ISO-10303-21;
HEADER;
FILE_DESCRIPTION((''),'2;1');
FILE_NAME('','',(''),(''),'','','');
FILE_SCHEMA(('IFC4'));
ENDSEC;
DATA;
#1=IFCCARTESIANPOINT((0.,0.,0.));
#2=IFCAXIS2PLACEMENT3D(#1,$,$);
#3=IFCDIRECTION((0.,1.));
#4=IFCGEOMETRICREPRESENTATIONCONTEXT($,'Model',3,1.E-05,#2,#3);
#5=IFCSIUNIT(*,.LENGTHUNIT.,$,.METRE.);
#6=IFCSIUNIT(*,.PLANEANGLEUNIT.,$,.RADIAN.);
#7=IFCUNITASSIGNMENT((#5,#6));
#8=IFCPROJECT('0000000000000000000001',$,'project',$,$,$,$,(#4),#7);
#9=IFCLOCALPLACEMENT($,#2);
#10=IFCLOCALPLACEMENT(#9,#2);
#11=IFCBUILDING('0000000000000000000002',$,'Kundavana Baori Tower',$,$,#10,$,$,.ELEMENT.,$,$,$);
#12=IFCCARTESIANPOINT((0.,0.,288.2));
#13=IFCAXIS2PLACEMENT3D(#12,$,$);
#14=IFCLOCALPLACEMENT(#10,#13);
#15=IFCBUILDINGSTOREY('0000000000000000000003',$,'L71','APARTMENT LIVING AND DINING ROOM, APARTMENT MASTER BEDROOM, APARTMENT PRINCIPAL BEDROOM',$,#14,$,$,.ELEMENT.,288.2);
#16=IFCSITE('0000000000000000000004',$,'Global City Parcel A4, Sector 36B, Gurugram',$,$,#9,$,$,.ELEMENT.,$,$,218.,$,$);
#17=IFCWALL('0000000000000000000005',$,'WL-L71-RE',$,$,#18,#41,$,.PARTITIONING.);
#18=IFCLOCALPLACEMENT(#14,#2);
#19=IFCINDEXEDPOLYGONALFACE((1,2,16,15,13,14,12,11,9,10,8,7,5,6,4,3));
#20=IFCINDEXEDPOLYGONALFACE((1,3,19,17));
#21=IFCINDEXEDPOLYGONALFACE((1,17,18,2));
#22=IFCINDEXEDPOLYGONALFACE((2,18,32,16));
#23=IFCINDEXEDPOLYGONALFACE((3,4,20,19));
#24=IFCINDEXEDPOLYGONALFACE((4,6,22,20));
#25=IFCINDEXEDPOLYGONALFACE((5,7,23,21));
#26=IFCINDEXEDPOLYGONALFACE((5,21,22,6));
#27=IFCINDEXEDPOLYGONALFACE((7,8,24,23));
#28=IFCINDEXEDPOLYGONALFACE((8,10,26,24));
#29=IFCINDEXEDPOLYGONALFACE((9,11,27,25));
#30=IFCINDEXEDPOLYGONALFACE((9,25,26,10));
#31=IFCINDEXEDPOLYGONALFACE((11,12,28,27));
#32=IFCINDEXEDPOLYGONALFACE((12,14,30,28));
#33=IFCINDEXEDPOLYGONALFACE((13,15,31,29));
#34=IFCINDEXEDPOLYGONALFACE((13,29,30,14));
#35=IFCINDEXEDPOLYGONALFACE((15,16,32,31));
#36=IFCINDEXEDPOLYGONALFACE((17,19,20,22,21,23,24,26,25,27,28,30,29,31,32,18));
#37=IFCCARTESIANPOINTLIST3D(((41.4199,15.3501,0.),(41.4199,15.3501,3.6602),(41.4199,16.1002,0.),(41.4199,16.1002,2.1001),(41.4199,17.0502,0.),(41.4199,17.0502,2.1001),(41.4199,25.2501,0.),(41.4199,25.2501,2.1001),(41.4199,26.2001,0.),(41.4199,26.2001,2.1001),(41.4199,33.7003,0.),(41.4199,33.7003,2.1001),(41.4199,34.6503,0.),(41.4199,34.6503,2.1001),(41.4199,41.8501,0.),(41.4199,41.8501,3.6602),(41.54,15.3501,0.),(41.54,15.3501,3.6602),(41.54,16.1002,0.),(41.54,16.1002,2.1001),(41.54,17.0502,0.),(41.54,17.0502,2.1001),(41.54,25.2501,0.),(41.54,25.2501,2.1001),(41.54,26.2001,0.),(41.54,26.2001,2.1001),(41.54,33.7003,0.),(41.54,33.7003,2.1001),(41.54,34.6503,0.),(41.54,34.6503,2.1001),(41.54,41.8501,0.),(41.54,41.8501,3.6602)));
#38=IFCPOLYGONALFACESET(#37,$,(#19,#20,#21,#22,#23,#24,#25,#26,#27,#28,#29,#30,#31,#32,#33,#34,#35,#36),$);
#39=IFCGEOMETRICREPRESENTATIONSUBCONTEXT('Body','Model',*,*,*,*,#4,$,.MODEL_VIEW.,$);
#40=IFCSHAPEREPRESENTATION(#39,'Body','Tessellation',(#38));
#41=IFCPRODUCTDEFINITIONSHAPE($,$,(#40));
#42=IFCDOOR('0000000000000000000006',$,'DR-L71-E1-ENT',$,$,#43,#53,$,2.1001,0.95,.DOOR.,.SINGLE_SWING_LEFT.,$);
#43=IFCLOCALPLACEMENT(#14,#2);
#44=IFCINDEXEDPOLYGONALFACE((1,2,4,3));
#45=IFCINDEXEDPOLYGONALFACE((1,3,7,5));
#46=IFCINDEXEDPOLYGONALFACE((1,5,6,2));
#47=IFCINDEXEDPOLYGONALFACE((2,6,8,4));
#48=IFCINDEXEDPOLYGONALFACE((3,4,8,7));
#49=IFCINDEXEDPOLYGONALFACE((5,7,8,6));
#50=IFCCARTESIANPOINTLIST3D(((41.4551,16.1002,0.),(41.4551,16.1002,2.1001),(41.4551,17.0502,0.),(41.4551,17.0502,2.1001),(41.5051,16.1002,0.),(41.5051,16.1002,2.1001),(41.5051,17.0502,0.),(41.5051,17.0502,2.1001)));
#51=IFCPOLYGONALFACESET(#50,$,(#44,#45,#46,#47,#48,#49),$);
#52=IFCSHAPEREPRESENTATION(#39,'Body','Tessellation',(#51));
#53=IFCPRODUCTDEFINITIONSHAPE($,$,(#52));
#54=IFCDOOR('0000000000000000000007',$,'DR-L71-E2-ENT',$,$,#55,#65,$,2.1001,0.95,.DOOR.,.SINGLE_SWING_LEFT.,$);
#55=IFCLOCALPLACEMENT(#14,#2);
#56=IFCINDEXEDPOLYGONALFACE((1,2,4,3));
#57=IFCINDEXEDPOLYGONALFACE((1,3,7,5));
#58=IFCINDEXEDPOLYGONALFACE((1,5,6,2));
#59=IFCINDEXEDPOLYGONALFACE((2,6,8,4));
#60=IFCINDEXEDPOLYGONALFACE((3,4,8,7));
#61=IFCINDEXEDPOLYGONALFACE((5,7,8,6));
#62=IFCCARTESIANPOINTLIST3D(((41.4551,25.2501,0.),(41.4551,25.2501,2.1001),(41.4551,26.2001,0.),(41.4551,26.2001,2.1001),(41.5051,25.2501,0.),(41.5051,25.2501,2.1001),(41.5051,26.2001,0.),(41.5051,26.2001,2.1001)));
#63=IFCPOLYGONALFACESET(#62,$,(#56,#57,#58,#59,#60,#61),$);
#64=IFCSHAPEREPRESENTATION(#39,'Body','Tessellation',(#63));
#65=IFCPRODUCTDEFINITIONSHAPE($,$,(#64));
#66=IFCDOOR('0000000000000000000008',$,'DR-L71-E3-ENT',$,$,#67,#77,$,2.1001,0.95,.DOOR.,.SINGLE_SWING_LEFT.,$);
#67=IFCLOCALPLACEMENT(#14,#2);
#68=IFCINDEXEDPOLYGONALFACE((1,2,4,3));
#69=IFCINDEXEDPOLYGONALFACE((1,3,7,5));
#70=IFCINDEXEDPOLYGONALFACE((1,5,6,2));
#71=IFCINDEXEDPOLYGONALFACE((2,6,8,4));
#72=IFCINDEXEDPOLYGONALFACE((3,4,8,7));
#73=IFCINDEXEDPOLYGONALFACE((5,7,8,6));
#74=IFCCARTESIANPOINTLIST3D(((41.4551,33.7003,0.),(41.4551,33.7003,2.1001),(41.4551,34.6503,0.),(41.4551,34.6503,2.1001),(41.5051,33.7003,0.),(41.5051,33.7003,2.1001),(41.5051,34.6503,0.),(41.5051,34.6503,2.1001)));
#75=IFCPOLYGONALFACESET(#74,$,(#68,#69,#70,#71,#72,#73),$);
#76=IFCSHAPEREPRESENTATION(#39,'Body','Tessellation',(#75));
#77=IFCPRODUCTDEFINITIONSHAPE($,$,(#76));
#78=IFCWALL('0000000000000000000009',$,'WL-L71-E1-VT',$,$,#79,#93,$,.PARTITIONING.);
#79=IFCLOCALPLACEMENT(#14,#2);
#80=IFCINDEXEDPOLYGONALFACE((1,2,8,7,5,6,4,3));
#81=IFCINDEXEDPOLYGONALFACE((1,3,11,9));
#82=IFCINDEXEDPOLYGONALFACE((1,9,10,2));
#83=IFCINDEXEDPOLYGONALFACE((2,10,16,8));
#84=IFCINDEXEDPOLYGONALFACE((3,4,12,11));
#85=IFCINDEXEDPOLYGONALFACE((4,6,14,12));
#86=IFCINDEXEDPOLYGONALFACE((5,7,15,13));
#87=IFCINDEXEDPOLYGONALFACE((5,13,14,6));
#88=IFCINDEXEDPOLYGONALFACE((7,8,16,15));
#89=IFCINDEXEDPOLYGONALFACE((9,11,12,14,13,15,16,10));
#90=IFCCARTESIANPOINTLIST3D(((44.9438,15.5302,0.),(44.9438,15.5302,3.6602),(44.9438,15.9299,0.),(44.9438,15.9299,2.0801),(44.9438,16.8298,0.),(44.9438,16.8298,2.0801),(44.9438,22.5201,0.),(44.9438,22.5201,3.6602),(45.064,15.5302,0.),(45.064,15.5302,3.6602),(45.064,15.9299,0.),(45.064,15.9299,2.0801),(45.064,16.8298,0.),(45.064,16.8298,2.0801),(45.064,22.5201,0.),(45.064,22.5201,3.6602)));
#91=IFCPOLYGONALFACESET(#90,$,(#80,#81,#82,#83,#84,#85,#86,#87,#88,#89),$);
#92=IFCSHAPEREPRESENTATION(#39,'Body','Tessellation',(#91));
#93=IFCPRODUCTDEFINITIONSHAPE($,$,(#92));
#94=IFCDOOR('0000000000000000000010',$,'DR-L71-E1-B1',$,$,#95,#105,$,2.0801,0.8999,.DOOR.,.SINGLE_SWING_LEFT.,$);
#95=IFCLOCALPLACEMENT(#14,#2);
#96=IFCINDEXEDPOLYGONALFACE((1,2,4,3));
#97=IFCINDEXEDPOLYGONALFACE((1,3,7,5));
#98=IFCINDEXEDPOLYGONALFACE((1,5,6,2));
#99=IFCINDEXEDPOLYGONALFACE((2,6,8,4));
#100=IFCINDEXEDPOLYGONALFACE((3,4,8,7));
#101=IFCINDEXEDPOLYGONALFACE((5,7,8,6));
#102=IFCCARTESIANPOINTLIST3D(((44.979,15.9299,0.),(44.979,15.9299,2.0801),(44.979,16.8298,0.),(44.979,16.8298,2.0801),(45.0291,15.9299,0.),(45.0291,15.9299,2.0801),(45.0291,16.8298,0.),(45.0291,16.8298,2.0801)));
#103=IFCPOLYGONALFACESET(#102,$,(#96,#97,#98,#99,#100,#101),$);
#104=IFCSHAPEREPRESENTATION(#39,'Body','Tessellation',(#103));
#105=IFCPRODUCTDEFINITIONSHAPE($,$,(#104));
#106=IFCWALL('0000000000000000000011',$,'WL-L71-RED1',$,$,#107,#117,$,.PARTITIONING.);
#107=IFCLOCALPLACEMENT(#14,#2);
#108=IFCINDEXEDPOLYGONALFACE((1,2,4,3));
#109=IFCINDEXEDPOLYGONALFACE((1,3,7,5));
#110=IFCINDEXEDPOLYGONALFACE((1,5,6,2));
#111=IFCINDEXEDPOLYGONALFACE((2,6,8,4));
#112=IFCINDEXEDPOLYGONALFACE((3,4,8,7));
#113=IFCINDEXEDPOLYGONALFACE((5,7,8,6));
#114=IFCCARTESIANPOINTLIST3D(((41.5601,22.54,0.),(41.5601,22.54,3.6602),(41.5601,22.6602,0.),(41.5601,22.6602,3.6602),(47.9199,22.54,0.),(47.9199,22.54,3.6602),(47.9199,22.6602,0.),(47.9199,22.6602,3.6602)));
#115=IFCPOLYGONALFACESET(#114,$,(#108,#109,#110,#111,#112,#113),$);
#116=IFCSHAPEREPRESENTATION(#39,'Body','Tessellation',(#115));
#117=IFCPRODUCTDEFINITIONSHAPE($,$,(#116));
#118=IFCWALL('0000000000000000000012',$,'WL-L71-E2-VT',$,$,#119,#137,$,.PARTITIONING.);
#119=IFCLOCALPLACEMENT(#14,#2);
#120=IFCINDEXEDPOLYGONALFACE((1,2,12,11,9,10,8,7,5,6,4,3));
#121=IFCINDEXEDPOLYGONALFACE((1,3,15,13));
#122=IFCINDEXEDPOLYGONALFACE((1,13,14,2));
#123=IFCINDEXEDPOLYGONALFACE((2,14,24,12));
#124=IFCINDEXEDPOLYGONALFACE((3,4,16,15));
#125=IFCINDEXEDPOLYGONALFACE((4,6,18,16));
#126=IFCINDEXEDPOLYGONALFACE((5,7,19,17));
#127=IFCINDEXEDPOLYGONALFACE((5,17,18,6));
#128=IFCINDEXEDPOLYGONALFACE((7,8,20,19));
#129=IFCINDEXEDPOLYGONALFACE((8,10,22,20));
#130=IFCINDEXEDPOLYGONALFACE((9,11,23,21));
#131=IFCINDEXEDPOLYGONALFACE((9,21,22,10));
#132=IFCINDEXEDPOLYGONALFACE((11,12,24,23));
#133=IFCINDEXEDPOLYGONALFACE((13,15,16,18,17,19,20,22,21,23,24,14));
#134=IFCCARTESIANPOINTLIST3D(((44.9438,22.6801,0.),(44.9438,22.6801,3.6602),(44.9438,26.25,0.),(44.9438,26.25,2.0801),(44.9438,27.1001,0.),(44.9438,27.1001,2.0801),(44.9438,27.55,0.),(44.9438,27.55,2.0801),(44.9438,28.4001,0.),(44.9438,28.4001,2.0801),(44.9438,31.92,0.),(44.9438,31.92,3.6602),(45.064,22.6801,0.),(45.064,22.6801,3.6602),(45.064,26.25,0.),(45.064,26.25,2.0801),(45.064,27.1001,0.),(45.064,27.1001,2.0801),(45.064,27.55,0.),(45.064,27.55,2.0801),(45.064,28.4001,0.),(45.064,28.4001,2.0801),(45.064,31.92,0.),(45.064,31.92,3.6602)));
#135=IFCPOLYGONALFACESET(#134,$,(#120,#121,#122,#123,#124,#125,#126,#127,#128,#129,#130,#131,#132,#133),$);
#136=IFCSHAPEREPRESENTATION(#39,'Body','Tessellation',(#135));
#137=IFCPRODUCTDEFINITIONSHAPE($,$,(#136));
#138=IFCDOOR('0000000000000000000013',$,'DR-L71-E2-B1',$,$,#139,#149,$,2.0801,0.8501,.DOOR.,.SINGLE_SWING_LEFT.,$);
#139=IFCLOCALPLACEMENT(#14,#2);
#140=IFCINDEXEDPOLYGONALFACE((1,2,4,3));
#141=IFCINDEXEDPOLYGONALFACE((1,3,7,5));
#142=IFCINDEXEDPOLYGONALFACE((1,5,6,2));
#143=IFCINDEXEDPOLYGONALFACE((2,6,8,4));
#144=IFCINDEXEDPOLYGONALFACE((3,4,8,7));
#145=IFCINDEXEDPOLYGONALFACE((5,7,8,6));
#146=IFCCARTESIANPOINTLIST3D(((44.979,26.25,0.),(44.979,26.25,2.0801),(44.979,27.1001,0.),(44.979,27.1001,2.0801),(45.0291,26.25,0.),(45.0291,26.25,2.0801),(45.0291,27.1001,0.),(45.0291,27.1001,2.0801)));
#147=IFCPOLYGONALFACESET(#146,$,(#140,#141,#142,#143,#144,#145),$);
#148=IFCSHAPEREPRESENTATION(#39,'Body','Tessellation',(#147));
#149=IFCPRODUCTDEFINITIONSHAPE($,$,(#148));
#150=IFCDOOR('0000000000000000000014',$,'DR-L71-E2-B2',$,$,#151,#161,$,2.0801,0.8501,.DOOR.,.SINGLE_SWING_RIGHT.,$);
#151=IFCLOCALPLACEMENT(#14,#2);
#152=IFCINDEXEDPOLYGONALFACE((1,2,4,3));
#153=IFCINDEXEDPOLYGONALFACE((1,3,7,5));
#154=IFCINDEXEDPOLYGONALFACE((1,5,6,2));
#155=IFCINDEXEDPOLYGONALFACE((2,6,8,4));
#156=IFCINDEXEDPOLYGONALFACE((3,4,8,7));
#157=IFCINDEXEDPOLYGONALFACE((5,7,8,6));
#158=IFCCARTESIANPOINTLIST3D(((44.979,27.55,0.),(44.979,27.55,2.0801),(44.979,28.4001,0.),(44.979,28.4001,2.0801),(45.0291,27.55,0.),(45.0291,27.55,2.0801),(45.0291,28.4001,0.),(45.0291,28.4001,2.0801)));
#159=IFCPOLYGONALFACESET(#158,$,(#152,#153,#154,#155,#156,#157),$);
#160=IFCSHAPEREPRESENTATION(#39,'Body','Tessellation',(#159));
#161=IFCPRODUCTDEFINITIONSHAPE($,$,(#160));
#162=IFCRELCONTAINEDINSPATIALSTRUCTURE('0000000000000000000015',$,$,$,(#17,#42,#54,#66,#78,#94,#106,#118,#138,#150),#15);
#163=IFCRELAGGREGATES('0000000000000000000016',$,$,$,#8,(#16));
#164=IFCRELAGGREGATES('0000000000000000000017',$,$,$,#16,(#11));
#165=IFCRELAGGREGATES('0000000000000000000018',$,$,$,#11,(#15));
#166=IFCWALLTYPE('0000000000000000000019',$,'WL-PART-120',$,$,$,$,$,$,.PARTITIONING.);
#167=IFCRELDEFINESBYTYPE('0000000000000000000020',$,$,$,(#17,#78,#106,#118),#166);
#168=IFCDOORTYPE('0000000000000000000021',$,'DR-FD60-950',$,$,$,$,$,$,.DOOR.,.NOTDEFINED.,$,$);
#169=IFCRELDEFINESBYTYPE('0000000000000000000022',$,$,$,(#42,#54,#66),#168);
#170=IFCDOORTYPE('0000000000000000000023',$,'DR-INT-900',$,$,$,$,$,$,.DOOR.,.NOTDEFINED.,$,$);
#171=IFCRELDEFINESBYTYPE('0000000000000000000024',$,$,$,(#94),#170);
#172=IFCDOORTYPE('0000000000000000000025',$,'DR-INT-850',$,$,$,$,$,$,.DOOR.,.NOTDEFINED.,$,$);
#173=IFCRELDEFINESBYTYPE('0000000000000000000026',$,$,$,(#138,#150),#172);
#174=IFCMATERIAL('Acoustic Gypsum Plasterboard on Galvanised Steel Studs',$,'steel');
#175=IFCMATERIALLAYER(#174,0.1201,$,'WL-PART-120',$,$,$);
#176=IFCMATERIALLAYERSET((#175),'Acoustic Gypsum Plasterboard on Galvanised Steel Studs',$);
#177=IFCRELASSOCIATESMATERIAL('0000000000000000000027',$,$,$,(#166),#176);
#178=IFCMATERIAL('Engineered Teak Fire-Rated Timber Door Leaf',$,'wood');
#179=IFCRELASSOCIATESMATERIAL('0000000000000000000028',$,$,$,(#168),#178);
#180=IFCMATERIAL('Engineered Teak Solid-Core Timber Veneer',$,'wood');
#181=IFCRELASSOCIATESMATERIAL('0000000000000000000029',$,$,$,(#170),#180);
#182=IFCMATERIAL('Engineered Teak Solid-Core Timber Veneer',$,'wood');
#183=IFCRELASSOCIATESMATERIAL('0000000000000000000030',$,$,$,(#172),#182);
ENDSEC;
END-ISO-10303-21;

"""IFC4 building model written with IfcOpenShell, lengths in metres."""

from ifc_helpers import new_model, si_unit, direction, frame, frame_2d, origin, place, context, subcontext, project, spatial, rectangle, extrude, material, layer, layer_set, type_object, element, fill, save


model = new_model("IFC4")

# Units and contexts
model_context = context("Model", 3, precision=1e-05, world=origin(), true_north=direction((0.0, 1.0)))
body_context = subcontext(model_context, "Body", "Model", "MODEL_VIEW")
ifc_project = project(units=[si_unit("LENGTHUNIT", "METRE"), si_unit("PLANEANGLEUNIT", "RADIAN")], contexts=[model_context])

# Site, building, storey
site_placement = place(None, origin())
site = spatial("IfcSite", under=ifc_project, at=site_placement, Name="Global City Parcel A4, Sector 36B, Gurugram", CompositionType="ELEMENT", RefElevation=218.0)
building_placement = place(site_placement, origin())
building = spatial("IfcBuilding", under=site, at=building_placement, Name="Kundavana Baori Tower", CompositionType="ELEMENT")
storey_placement = place(building_placement, frame((0.0, 0.0, 288.2)))
storey = spatial("IfcBuildingStorey", under=building, at=storey_placement, Name="L71", Description="APARTMENT LIVING AND DINING ROOM, APARTMENT MASTER BEDROOM, APARTMENT PRINCIPAL BEDROOM", CompositionType="ELEMENT", Elevation=288.2)

# Wall, openings, doors
ifc_material_1 = material(Name="Acoustic Gypsum Plasterboard on Galvanised Steel Studs", Category="steel")
ifc_layer_1 = layer(ifc_material_1, 0.1201, Name="WL-PART-120")
ifc_layer_set_1 = layer_set([ifc_layer_1], Name="Acoustic Gypsum Plasterboard on Galvanised Steel Studs")
wall_type_1 = type_object("IfcWallType", Name="WL-PART-120", PredefinedType="PARTITIONING", material=ifc_layer_set_1)
wall_1_placement = place(storey_placement, frame((41.48, 15.3501, 0.0), z_axis=(0.0, 0.0, 1.0), x_axis=(0.0, 1.0, 0.0)))
wall_1 = element("IfcWall", 1, at=wall_1_placement, inside=storey, type_object=wall_type_1, Name="WL-L71-RE", PredefinedType="PARTITIONING", context=body_context, shape_type="SweptSolid", body=[
    extrude(rectangle(XDim=26.5, YDim=0.1201, at=frame_2d((13.25, 0.0))), origin(), (0.0, 0.0, 1.0), 3.6602),
])
opening_1_placement = place(wall_1_placement, frame((0.75, 0.0, 0.0)))
opening_1 = element("IfcOpeningElement", 2, at=opening_1_placement, cuts=wall_1, PredefinedType="OPENING", context=body_context, shape_type="SweptSolid", body=[
    extrude(rectangle(XDim=0.95, YDim=2.1001, at=frame_2d((0.4751, 1.05))), frame((0.0, 0.0701, 0.0), z_axis=(0.0, -1.0, 0.0), x_axis=(1.0, 0.0, 0.0)), (0.0, 0.0, 1.0), 0.1401),
])
opening_2_placement = place(wall_1_placement, frame((9.8999, 0.0, 0.0)))
opening_2 = element("IfcOpeningElement", 3, at=opening_2_placement, cuts=wall_1, PredefinedType="OPENING", context=body_context, shape_type="SweptSolid", body=[
    extrude(rectangle(XDim=0.95, YDim=2.1001, at=frame_2d((0.4751, 1.05))), frame((0.0, 0.0701, 0.0), z_axis=(0.0, -1.0, 0.0), x_axis=(1.0, 0.0, 0.0)), (0.0, 0.0, 1.0), 0.1401),
])
opening_3_placement = place(wall_1_placement, frame((18.3501, 0.0, 0.0)))
opening_3 = element("IfcOpeningElement", 4, at=opening_3_placement, cuts=wall_1, PredefinedType="OPENING", context=body_context, shape_type="SweptSolid", body=[
    extrude(rectangle(XDim=0.95, YDim=2.1001, at=frame_2d((0.4751, 1.05))), frame((0.0, 0.0701, 0.0), z_axis=(0.0, -1.0, 0.0), x_axis=(1.0, 0.0, 0.0)), (0.0, 0.0, 1.0), 0.1401),
])
ifc_material_2 = material(Name="Engineered Teak Fire-Rated Timber Door Leaf", Category="wood")
door_type_1 = type_object("IfcDoorType", Name="DR-FD60-950", OperationType="NOTDEFINED", PredefinedType="DOOR", material=ifc_material_2)
door_1_placement = place(opening_1_placement, origin())
door_1 = element("IfcDoor", 5, at=door_1_placement, inside=storey, type_object=door_type_1, Name="DR-L71-E1-ENT", OperationType="SINGLE_SWING_LEFT", OverallHeight=2.1001, OverallWidth=0.95, PredefinedType="DOOR", context=body_context, shape_type="SweptSolid", body=[
    extrude(rectangle(XDim=0.95, YDim=2.1001, at=frame_2d((0.4751, 1.05))), frame((0.0, 0.0249, 0.0), z_axis=(0.0, -1.0, 0.0), x_axis=(1.0, 0.0, 0.0)), (0.0, 0.0, 1.0), 0.05),
])
fill(opening_1, door_1)
door_2_placement = place(opening_2_placement, origin())
door_2 = element("IfcDoor", 6, at=door_2_placement, inside=storey, type_object=door_type_1, Name="DR-L71-E2-ENT", OperationType="SINGLE_SWING_LEFT", OverallHeight=2.1001, OverallWidth=0.95, PredefinedType="DOOR", context=body_context, shape_type="SweptSolid", body=[
    extrude(rectangle(XDim=0.95, YDim=2.1001, at=frame_2d((0.4751, 1.05))), frame((0.0, 0.0249, 0.0), z_axis=(0.0, -1.0, 0.0), x_axis=(1.0, 0.0, 0.0)), (0.0, 0.0, 1.0), 0.05),
])
fill(opening_2, door_2)
door_3_placement = place(opening_3_placement, origin())
door_3 = element("IfcDoor", 7, at=door_3_placement, inside=storey, type_object=door_type_1, Name="DR-L71-E3-ENT", OperationType="SINGLE_SWING_LEFT", OverallHeight=2.1001, OverallWidth=0.95, PredefinedType="DOOR", context=body_context, shape_type="SweptSolid", body=[
    extrude(rectangle(XDim=0.95, YDim=2.1001, at=frame_2d((0.4751, 1.05))), frame((0.0, 0.0249, 0.0), z_axis=(0.0, -1.0, 0.0), x_axis=(1.0, 0.0, 0.0)), (0.0, 0.0, 1.0), 0.05),
])
fill(opening_3, door_3)

# Wall, opening, door
wall_2_placement = place(storey_placement, frame((45.0039, 15.53, 0.0), z_axis=(0.0, 0.0, 1.0), x_axis=(0.0, 1.0, 0.0)))
wall_2 = element("IfcWall", 8, at=wall_2_placement, inside=storey, type_object=wall_type_1, Name="WL-L71-E1-VT", PredefinedType="PARTITIONING", context=body_context, shape_type="SweptSolid", body=[
    extrude(rectangle(XDim=6.99, YDim=0.1201, at=frame_2d((3.4951, 0.0))), origin(), (0.0, 0.0, 1.0), 3.6602),
])
opening_4_placement = place(wall_2_placement, frame((0.3999, 0.0, 0.0)))
opening_4 = element("IfcOpeningElement", 9, at=opening_4_placement, cuts=wall_2, PredefinedType="OPENING", context=body_context, shape_type="SweptSolid", body=[
    extrude(rectangle(XDim=0.8999, YDim=2.0801, at=frame_2d((0.45, 1.04))), frame((0.0, 0.0701, 0.0), z_axis=(0.0, -1.0, 0.0), x_axis=(1.0, 0.0, 0.0)), (0.0, 0.0, 1.0), 0.1401),
])
ifc_material_3 = material(Name="Engineered Teak Solid-Core Timber Veneer", Category="wood")
door_type_2 = type_object("IfcDoorType", Name="DR-INT-900", OperationType="NOTDEFINED", PredefinedType="DOOR", material=ifc_material_3)
door_4_placement = place(opening_4_placement, origin())
door_4 = element("IfcDoor", 10, at=door_4_placement, inside=storey, type_object=door_type_2, Name="DR-L71-E1-B1", OperationType="SINGLE_SWING_LEFT", OverallHeight=2.0801, OverallWidth=0.8999, PredefinedType="DOOR", context=body_context, shape_type="SweptSolid", body=[
    extrude(rectangle(XDim=0.8999, YDim=2.0801, at=frame_2d((0.45, 1.04))), frame((0.0, 0.0249, 0.0), z_axis=(0.0, -1.0, 0.0), x_axis=(1.0, 0.0, 0.0)), (0.0, 0.0, 1.0), 0.05),
])
fill(opening_4, door_4)

# Wall
wall_3_placement = place(storey_placement, frame((41.5601, 22.6001, 0.0), z_axis=(0.0, 0.0, 1.0), x_axis=(1.0, 0.0, 0.0)))
element("IfcWall", 11, at=wall_3_placement, inside=storey, type_object=wall_type_1, Name="WL-L71-RED1", PredefinedType="PARTITIONING", context=body_context, shape_type="SweptSolid", body=[
    extrude(rectangle(XDim=6.3599, YDim=0.1201, at=frame_2d((3.1799, 0.0))), origin(), (0.0, 0.0, 1.0), 3.6602),
])

# Wall, openings, doors
wall_4_placement = place(storey_placement, frame((45.0039, 22.6799, 0.0), z_axis=(0.0, 0.0, 1.0), x_axis=(0.0, 1.0, 0.0)))
wall_4 = element("IfcWall", 12, at=wall_4_placement, inside=storey, type_object=wall_type_1, Name="WL-L71-E2-VT", PredefinedType="PARTITIONING", context=body_context, shape_type="SweptSolid", body=[
    extrude(rectangle(XDim=9.24, YDim=0.1201, at=frame_2d((4.6201, 0.0))), origin(), (0.0, 0.0, 1.0), 3.6602),
])
opening_5_placement = place(wall_4_placement, frame((3.5701, 0.0, 0.0)))
opening_5 = element("IfcOpeningElement", 13, at=opening_5_placement, cuts=wall_4, PredefinedType="OPENING", context=body_context, shape_type="SweptSolid", body=[
    extrude(rectangle(XDim=0.8501, YDim=2.0801, at=frame_2d((0.425, 1.04))), frame((0.0, 0.0701, 0.0), z_axis=(0.0, -1.0, 0.0), x_axis=(1.0, 0.0, 0.0)), (0.0, 0.0, 1.0), 0.1401),
])
opening_6_placement = place(wall_4_placement, frame((4.8701, 0.0, 0.0)))
opening_6 = element("IfcOpeningElement", 14, at=opening_6_placement, cuts=wall_4, PredefinedType="OPENING", context=body_context, shape_type="SweptSolid", body=[
    extrude(rectangle(XDim=0.8501, YDim=2.0801, at=frame_2d((0.425, 1.04))), frame((0.0, 0.0701, 0.0), z_axis=(0.0, -1.0, 0.0), x_axis=(1.0, 0.0, 0.0)), (0.0, 0.0, 1.0), 0.1401),
])
ifc_material_4 = material(Name="Engineered Teak Solid-Core Timber Veneer", Category="wood")
door_type_3 = type_object("IfcDoorType", Name="DR-INT-850", OperationType="NOTDEFINED", PredefinedType="DOOR", material=ifc_material_4)
door_5_placement = place(opening_5_placement, origin())
door_5 = element("IfcDoor", 15, at=door_5_placement, inside=storey, type_object=door_type_3, Name="DR-L71-E2-B1", OperationType="SINGLE_SWING_LEFT", OverallHeight=2.0801, OverallWidth=0.8501, PredefinedType="DOOR", context=body_context, shape_type="SweptSolid", body=[
    extrude(rectangle(XDim=0.8501, YDim=2.0801, at=frame_2d((0.425, 1.04))), frame((0.0, 0.0249, 0.0), z_axis=(0.0, -1.0, 0.0), x_axis=(1.0, 0.0, 0.0)), (0.0, 0.0, 1.0), 0.05),
])
fill(opening_5, door_5)
door_6_placement = place(opening_6_placement, origin())
door_6 = element("IfcDoor", 16, at=door_6_placement, inside=storey, type_object=door_type_3, Name="DR-L71-E2-B2", OperationType="SINGLE_SWING_RIGHT", OverallHeight=2.0801, OverallWidth=0.8501, PredefinedType="DOOR", context=body_context, shape_type="SweptSolid", body=[
    extrude(rectangle(XDim=0.8501, YDim=2.0801, at=frame_2d((0.425, 1.04))), frame((0.0, 0.0249, 0.0), z_axis=(0.0, -1.0, 0.0), x_axis=(1.0, 0.0, 0.0)), (0.0, 0.0, 1.0), 0.05),
])
fill(opening_6, door_6)

save(model, "model.ifc")
